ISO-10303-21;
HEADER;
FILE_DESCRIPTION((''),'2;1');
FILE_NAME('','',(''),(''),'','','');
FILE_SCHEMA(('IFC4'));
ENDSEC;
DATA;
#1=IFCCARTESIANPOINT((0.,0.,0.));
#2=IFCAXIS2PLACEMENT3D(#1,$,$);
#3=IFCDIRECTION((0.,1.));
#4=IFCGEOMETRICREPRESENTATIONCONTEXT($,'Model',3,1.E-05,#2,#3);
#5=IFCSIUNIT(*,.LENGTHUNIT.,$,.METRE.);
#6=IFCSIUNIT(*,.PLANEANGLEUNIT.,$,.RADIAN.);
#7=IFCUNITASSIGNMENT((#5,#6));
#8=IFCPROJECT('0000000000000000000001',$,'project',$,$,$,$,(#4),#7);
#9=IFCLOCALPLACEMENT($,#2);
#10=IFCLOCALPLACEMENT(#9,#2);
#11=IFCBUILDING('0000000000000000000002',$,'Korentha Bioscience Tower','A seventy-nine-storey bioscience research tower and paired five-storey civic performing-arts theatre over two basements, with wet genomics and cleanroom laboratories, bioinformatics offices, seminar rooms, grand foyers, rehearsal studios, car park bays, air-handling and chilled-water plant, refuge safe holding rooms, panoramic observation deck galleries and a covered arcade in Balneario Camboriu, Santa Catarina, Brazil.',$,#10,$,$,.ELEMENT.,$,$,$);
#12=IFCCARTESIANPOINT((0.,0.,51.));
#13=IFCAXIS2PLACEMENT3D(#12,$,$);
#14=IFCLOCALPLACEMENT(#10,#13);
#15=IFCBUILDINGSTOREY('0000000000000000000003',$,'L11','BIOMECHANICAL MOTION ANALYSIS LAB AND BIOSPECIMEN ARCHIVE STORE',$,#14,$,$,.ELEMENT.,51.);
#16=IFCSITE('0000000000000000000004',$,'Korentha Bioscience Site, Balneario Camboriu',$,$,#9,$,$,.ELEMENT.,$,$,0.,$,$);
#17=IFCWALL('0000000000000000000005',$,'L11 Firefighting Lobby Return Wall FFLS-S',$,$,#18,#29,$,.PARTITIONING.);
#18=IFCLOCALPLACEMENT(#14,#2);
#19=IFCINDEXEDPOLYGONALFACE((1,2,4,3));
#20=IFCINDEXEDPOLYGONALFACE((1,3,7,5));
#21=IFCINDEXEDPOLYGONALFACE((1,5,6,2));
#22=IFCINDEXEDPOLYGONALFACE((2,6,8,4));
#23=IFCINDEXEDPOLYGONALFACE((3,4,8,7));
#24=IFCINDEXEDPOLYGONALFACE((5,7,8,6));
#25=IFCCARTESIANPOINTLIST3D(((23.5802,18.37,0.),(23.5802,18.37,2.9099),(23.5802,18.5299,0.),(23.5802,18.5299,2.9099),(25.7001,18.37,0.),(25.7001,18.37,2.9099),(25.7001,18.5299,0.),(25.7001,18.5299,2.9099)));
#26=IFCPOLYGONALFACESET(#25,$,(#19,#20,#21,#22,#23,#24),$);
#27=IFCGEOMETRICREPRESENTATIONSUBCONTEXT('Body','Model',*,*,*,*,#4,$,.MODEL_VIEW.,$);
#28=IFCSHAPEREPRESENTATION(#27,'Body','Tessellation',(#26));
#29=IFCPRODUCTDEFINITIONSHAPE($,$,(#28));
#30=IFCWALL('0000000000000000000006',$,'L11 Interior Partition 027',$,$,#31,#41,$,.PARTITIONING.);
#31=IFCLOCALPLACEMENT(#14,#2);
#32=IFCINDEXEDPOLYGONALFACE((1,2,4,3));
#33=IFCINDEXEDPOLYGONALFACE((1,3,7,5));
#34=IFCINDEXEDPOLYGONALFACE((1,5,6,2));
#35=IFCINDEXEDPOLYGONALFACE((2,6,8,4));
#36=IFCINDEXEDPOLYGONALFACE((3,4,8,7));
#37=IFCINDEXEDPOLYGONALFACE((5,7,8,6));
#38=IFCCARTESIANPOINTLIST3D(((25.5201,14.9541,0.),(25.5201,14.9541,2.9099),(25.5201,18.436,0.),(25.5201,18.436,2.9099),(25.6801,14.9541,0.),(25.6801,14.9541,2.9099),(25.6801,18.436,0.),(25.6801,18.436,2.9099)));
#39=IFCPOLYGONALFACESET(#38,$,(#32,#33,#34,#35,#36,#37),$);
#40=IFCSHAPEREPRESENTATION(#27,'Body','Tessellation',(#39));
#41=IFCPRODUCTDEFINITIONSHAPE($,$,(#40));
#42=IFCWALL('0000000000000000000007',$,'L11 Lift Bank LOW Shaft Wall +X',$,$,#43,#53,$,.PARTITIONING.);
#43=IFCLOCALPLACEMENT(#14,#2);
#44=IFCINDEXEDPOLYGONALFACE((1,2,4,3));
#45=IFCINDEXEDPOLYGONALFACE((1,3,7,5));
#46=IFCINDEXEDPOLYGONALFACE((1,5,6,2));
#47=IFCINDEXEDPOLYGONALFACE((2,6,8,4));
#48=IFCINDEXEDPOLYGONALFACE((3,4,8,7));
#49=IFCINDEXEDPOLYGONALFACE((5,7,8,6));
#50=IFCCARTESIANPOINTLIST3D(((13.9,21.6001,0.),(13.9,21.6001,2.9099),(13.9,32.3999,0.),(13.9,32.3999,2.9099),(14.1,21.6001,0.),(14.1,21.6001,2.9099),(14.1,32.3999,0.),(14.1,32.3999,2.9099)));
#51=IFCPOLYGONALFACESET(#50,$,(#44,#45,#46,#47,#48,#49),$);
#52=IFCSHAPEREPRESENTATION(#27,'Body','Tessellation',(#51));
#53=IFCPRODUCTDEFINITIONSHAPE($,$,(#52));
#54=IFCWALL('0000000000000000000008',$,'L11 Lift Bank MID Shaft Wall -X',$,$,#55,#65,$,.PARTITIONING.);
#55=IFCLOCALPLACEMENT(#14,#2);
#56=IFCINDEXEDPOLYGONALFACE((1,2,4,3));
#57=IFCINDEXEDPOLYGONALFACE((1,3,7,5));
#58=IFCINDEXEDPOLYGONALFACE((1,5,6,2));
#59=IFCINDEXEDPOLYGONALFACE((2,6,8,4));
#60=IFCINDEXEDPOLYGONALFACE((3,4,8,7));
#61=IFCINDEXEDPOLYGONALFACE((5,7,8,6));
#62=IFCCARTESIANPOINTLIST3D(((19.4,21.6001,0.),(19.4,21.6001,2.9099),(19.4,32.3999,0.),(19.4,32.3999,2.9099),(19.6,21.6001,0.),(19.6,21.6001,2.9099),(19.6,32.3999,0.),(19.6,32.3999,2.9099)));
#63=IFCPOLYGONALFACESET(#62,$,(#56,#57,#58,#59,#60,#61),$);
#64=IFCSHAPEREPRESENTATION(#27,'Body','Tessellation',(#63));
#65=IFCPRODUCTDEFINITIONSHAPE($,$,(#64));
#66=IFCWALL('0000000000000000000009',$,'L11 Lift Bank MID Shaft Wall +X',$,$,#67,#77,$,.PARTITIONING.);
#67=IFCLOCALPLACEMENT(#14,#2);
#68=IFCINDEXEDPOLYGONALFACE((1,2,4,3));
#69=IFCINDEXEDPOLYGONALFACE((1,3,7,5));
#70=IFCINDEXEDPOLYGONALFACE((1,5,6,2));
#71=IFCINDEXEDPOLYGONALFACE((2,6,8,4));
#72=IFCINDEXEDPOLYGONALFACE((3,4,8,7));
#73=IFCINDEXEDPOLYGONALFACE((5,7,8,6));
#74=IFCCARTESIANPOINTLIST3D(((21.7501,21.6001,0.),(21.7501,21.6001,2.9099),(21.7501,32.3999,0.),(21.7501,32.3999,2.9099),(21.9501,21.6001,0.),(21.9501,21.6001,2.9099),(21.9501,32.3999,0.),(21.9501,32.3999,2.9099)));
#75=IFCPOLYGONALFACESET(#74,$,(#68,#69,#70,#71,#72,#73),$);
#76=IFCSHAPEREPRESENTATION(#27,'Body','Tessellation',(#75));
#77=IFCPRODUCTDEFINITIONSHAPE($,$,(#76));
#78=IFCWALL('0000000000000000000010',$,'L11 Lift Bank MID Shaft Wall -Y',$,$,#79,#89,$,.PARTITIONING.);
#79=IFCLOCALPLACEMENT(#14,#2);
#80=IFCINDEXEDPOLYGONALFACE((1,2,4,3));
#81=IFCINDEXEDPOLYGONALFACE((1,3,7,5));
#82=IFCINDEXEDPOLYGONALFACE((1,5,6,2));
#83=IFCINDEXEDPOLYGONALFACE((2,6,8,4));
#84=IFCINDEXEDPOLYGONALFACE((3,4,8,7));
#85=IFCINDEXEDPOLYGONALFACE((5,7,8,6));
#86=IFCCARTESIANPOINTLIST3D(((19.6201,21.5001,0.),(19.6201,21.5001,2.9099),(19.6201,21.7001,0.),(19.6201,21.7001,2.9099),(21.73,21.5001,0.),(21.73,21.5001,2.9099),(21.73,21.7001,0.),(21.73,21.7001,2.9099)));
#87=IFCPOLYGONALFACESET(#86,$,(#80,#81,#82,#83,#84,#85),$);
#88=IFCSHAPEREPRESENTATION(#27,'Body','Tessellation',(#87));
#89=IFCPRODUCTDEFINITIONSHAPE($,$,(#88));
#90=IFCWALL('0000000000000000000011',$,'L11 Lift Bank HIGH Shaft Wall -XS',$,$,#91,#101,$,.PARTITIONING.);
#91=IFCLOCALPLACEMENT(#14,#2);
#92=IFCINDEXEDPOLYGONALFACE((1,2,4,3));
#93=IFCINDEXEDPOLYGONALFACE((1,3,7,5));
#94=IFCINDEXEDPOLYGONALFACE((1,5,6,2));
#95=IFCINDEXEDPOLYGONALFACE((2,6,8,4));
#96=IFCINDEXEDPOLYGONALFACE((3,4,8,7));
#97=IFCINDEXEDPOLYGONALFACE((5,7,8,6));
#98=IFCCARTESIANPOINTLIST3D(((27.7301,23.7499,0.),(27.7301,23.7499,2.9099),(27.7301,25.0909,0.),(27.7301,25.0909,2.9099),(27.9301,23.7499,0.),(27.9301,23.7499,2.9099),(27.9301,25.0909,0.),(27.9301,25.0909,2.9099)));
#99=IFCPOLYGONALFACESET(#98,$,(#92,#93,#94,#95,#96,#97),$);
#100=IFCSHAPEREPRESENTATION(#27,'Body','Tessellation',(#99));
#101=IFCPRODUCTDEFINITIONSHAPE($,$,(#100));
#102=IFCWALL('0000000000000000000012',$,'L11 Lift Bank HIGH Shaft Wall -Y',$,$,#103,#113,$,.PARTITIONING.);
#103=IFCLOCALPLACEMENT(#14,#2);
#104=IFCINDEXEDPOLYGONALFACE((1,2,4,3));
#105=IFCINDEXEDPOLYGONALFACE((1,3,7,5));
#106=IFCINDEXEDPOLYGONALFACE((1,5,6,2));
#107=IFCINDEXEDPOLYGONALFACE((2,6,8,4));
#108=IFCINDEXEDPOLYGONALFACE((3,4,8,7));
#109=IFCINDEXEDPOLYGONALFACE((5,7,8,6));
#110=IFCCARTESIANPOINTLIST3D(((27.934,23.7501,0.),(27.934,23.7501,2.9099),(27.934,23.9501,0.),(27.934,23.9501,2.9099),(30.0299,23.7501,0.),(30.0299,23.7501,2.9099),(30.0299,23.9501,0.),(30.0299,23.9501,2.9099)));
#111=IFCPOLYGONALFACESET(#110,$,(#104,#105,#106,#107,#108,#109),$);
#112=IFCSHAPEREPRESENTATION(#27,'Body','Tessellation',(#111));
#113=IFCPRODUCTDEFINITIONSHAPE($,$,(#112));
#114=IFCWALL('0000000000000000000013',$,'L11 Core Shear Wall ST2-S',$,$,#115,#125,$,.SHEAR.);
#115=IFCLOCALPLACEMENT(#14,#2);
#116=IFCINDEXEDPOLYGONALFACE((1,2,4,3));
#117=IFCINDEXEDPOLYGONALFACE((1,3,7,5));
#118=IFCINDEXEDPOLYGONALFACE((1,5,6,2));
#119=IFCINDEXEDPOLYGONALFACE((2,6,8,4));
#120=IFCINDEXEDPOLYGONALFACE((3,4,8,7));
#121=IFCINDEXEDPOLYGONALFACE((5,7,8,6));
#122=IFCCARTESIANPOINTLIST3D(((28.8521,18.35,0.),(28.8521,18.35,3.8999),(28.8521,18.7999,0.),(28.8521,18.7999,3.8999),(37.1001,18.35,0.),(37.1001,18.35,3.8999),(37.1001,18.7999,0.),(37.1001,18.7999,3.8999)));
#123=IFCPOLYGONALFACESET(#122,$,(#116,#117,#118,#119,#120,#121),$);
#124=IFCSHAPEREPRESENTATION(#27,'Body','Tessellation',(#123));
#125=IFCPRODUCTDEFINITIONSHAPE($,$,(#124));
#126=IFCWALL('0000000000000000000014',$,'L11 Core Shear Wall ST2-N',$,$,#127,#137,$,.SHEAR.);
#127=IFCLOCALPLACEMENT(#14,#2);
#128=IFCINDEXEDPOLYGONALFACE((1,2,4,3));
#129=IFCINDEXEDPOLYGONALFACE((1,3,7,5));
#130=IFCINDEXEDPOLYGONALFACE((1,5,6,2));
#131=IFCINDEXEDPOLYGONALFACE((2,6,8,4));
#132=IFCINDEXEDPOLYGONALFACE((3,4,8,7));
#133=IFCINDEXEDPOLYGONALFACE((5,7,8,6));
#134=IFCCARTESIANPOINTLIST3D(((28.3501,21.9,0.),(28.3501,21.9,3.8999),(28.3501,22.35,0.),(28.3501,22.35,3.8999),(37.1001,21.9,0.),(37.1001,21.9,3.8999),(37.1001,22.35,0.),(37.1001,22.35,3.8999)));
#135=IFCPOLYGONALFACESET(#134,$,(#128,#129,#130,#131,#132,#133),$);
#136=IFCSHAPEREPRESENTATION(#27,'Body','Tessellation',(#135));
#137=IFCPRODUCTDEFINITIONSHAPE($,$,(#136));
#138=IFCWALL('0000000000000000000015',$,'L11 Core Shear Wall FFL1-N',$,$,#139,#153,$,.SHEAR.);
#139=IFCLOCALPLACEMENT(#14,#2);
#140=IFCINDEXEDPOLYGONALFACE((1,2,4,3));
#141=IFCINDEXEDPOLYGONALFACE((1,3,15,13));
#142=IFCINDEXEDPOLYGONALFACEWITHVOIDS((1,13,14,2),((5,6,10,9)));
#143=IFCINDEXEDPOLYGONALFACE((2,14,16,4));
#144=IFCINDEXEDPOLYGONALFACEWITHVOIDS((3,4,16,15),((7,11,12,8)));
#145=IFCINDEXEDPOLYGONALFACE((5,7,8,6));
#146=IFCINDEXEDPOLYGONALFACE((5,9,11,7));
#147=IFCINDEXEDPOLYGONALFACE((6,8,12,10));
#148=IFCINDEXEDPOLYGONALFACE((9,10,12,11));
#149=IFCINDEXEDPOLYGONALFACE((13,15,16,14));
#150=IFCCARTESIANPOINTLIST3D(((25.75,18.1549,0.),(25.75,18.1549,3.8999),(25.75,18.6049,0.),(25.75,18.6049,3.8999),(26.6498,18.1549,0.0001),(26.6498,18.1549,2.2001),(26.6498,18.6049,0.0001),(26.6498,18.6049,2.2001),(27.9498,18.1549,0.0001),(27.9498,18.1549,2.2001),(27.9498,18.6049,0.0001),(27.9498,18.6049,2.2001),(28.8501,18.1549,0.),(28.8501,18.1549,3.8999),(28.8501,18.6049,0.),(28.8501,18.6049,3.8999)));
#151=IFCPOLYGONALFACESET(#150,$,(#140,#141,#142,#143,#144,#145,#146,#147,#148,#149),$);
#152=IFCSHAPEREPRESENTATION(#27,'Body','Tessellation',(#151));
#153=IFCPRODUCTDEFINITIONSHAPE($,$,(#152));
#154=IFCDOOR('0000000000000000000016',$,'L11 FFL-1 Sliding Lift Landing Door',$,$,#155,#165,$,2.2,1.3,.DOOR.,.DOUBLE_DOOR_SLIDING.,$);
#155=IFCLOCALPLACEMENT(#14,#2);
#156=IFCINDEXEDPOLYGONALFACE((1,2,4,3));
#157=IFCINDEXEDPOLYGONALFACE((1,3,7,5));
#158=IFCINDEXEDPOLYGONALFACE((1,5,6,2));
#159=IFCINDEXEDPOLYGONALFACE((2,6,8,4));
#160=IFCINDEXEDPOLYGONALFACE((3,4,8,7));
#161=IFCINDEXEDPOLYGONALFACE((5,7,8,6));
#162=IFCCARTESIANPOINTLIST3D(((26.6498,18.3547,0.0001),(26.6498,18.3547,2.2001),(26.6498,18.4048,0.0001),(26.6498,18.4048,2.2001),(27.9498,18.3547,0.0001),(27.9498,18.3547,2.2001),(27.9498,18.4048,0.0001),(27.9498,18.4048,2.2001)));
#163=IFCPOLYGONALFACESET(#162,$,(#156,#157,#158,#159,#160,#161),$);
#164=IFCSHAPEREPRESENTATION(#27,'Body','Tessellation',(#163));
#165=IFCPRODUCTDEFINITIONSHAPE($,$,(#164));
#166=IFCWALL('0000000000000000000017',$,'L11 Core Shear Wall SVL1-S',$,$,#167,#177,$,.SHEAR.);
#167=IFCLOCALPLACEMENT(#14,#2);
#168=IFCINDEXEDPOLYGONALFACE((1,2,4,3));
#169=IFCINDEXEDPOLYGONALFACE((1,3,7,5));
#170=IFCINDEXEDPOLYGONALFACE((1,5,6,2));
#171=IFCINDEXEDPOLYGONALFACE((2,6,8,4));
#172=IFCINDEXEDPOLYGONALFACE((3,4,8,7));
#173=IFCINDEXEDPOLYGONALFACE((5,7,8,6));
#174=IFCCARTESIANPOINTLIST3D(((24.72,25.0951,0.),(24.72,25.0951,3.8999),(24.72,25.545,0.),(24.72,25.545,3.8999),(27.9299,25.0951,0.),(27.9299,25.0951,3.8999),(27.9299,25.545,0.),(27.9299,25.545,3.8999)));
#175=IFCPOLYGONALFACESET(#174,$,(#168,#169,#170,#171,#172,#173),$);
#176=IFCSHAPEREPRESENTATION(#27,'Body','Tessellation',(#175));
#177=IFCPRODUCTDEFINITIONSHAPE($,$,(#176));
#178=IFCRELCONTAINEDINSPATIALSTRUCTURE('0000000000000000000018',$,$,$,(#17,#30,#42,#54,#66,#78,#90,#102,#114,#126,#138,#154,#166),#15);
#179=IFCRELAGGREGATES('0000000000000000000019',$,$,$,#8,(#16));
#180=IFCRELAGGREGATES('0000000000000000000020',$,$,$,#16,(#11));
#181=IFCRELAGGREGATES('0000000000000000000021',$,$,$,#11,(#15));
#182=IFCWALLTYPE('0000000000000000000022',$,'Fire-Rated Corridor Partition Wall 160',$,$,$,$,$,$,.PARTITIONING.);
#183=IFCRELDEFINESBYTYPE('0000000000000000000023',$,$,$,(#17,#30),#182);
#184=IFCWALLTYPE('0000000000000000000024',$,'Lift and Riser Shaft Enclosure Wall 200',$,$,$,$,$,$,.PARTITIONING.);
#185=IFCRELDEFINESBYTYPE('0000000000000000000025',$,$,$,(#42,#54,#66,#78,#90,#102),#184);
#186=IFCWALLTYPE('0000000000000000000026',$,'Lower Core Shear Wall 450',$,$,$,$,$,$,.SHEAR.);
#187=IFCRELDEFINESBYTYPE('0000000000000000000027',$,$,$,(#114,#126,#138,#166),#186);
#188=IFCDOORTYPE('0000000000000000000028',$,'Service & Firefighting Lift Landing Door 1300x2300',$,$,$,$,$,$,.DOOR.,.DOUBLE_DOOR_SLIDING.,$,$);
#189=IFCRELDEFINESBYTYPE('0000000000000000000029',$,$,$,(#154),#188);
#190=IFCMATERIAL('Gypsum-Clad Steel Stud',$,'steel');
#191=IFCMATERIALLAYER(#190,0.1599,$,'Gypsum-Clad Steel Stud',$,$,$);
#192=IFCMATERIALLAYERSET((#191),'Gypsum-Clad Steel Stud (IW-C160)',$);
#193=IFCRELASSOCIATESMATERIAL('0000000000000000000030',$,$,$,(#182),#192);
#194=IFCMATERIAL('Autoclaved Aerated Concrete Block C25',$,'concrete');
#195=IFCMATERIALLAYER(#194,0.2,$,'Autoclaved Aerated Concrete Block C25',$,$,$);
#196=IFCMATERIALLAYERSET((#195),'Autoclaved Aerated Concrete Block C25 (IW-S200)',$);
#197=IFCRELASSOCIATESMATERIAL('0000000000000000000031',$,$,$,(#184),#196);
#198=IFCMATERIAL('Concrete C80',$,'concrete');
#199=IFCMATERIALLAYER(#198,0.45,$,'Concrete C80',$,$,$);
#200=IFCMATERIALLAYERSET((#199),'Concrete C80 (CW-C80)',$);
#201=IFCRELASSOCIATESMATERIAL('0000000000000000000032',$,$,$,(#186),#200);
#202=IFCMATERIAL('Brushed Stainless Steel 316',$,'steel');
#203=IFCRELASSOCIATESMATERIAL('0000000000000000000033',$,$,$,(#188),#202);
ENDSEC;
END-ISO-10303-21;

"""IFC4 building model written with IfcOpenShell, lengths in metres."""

from ifc_helpers import new_model, si_unit, direction, frame, frame_2d, origin, place, context, subcontext, project, spatial, rectangle, extrude, material, layer, layer_set, type_object, element, fill, save


model = new_model("IFC4")

# Units and contexts
model_context = context("Model", 3, precision=1e-05, world=origin(), true_north=direction((0.0, 1.0)))
body_context = subcontext(model_context, "Body", "Model", "MODEL_VIEW")
ifc_project = project(units=[si_unit("LENGTHUNIT", "METRE"), si_unit("PLANEANGLEUNIT", "RADIAN")], contexts=[model_context])

# Site, building, storey
site_placement = place(None, origin())
site = spatial("IfcSite", under=ifc_project, at=site_placement, Name="Korentha Bioscience Site, Balneario Camboriu", CompositionType="ELEMENT", RefElevation=0.0)
building_placement = place(site_placement, origin())
building = spatial("IfcBuilding", under=site, at=building_placement, Name="Korentha Bioscience Tower", Description="A seventy-nine-storey bioscience research tower and paired five-storey civic performing-arts theatre over two basements, with wet genomics and cleanroom laboratories, bioinformatics offices, seminar rooms, grand foyers, rehearsal studios, car park bays, air-handling and chilled-water plant, refuge safe holding rooms, panoramic observation deck galleries and a covered arcade in Balneario Camboriu, Santa Catarina, Brazil.", CompositionType="ELEMENT")
storey_placement = place(building_placement, frame((0.0, 0.0, 51.0)))
storey = spatial("IfcBuildingStorey", under=building, at=storey_placement, Name="L11", Description="BIOMECHANICAL MOTION ANALYSIS LAB AND BIOSPECIMEN ARCHIVE STORE", CompositionType="ELEMENT", Elevation=51.0)

# Shared definitions
ifc_material_1 = material(Name="Concrete C80", Category="concrete")

# Shared definitions
ifc_material_2 = material(Name="Gypsum-Clad Steel Stud", Category="steel")
ifc_layer_1 = layer(ifc_material_2, 0.1599, Name="Gypsum-Clad Steel Stud")
ifc_layer_set_1 = layer_set([ifc_layer_1], Name="Gypsum-Clad Steel Stud (IW-C160)")
wall_type_1 = type_object("IfcWallType", Name="Fire-Rated Corridor Partition Wall 160", PredefinedType="PARTITIONING", material=ifc_layer_set_1)

# Wall
wall_1_placement = place(storey_placement, frame((23.5801, 18.45, 0.0), z_axis=(0.0, 0.0, 1.0), x_axis=(1.0, 0.0, 0.0)))
element("IfcWall", 1, at=wall_1_placement, inside=storey, type_object=wall_type_1, Name="L11 Firefighting Lobby Return Wall FFLS-S", PredefinedType="PARTITIONING", context=body_context, shape_type="SweptSolid", body=[
    extrude(rectangle(XDim=2.1199, YDim=0.1599, at=frame_2d((1.0601, 0.0))), origin(), (0.0, 0.0, 1.0), 2.9099),
])

# Walls
wall_2_placement = place(storey_placement, frame((25.6001, 18.436, 0.0), z_axis=(0.0, 0.0, 1.0), x_axis=(0.0, -1.0, 0.0)))
element("IfcWall", 2, at=wall_2_placement, inside=storey, type_object=wall_type_1, Name="L11 Interior Partition 027", PredefinedType="PARTITIONING", context=body_context, shape_type="SweptSolid", body=[
    extrude(rectangle(XDim=3.4819, YDim=0.1599, at=frame_2d((1.741, 0.0))), origin(), (0.0, 0.0, 1.0), 2.9099),
])
ifc_material_3 = material(Name="Autoclaved Aerated Concrete Block C25", Category="concrete")
ifc_layer_2 = layer(ifc_material_3, 0.2, Name="Autoclaved Aerated Concrete Block C25")
ifc_layer_set_2 = layer_set([ifc_layer_2], Name="Autoclaved Aerated Concrete Block C25 (IW-S200)")
wall_type_2 = type_object("IfcWallType", Name="Lift and Riser Shaft Enclosure Wall 200", PredefinedType="PARTITIONING", material=ifc_layer_set_2)
for number, where, z_axis, x_axis, name in (
    (3, (14.0, 21.6001, 0.0), (0.0, 0.0, 1.0), (0.0, 1.0, 0.0), "L11 Lift Bank LOW Shaft Wall +X"),
    (4, (19.5, 21.6001, 0.0), (0.0, 0.0, 1.0), (0.0, 1.0, 0.0), "L11 Lift Bank MID Shaft Wall -X"),
    (5, (21.8501, 21.6001, 0.0), (0.0, 0.0, 1.0), (0.0, 1.0, 0.0), "L11 Lift Bank MID Shaft Wall +X"),
):
    element("IfcWall", number, at=place(storey_placement, frame(where, z_axis=z_axis, x_axis=x_axis)), inside=storey, type_object=wall_type_2, Name=name, PredefinedType="PARTITIONING", context=body_context, shape_type="SweptSolid", body=[
        extrude(rectangle(XDim=10.7998, YDim=0.2, at=frame_2d((5.3999, 0.0))), origin(), (0.0, 0.0, 1.0), 2.9099),
    ])
wall_3_placement = place(storey_placement, frame((19.6201, 21.6001, 0.0), z_axis=(0.0, 0.0, 1.0), x_axis=(1.0, 0.0, 0.0)))
element("IfcWall", 6, at=wall_3_placement, inside=storey, type_object=wall_type_2, Name="L11 Lift Bank MID Shaft Wall -Y", PredefinedType="PARTITIONING", context=body_context, shape_type="SweptSolid", body=[
    extrude(rectangle(XDim=2.1099, YDim=0.2, at=frame_2d((1.0549, 0.0))), origin(), (0.0, 0.0, 1.0), 2.9099),
])
wall_4_placement = place(storey_placement, frame((27.8301, 23.75, 0.0), z_axis=(0.0, 0.0, 1.0), x_axis=(0.0, 1.0, 0.0)))
element("IfcWall", 7, at=wall_4_placement, inside=storey, type_object=wall_type_2, Name="L11 Lift Bank HIGH Shaft Wall -XS", PredefinedType="PARTITIONING", context=body_context, shape_type="SweptSolid", body=[
    extrude(rectangle(XDim=1.3411, YDim=0.2, at=frame_2d((0.6704, 0.0))), origin(), (0.0, 0.0, 1.0), 2.9099),
])
wall_5_placement = place(storey_placement, frame((27.9341, 23.8501, 0.0), z_axis=(0.0, 0.0, 1.0), x_axis=(1.0, 0.0, 0.0)))
element("IfcWall", 8, at=wall_5_placement, inside=storey, type_object=wall_type_2, Name="L11 Lift Bank HIGH Shaft Wall -Y", PredefinedType="PARTITIONING", context=body_context, shape_type="SweptSolid", body=[
    extrude(rectangle(XDim=2.0959, YDim=0.2, at=frame_2d((1.0479, 0.0))), origin(), (0.0, 0.0, 1.0), 2.9099),
])
ifc_layer_3 = layer(ifc_material_1, 0.45, Name="Concrete C80")
ifc_layer_set_3 = layer_set([ifc_layer_3], Name="Concrete C80 (CW-C80)")
wall_type_3 = type_object("IfcWallType", Name="Lower Core Shear Wall 450", PredefinedType="SHEAR", material=ifc_layer_set_3)
wall_6_placement = place(storey_placement, frame((28.8521, 18.575, 0.0), z_axis=(0.0, 0.0, 1.0), x_axis=(1.0, 0.0, 0.0)))
element("IfcWall", 9, at=wall_6_placement, inside=storey, type_object=wall_type_3, Name="L11 Core Shear Wall ST2-S", PredefinedType="SHEAR", context=body_context, shape_type="SweptSolid", body=[
    extrude(rectangle(XDim=8.248, YDim=0.45, at=frame_2d((4.124, 0.0))), origin(), (0.0, 0.0, 1.0), 3.8999),
])
wall_7_placement = place(storey_placement, frame((28.3501, 22.125, 0.0), z_axis=(0.0, 0.0, 1.0), x_axis=(1.0, 0.0, 0.0)))
element("IfcWall", 10, at=wall_7_placement, inside=storey, type_object=wall_type_3, Name="L11 Core Shear Wall ST2-N", PredefinedType="SHEAR", context=body_context, shape_type="SweptSolid", body=[
    extrude(rectangle(XDim=8.75, YDim=0.45, at=frame_2d((4.375, 0.0))), origin(), (0.0, 0.0, 1.0), 3.8999),
])

# Wall, opening, door
wall_8_placement = place(storey_placement, frame((25.75, 18.3799, 0.0), z_axis=(0.0, 0.0, 1.0), x_axis=(1.0, 0.0, 0.0)))
wall_8 = element("IfcWall", 11, at=wall_8_placement, inside=storey, type_object=wall_type_3, Name="L11 Core Shear Wall FFL1-N", PredefinedType="SHEAR", context=body_context, shape_type="SweptSolid", body=[
    extrude(rectangle(XDim=3.1001, YDim=0.45, at=frame_2d((1.55, 0.0))), origin(), (0.0, 0.0, 1.0), 3.8999),
])
opening_1_placement = place(wall_8_placement, frame((0.8999, 0.0, 0.0)))
opening_1 = element("IfcOpeningElement", 12, at=opening_1_placement, cuts=wall_8, PredefinedType="OPENING", context=body_context, shape_type="SweptSolid", body=[
    extrude(rectangle(XDim=1.3, YDim=2.2, at=frame_2d((0.6499, 1.1001))), frame((0.0, 0.2397, 0.0), z_axis=(0.0, -1.0, 0.0), x_axis=(1.0, 0.0, 0.0)), (0.0, 0.0, 1.0), 0.4797),
])
ifc_material_4 = material(Name="Brushed Stainless Steel 316", Category="steel")
door_type_1 = type_object("IfcDoorType", Name="Service & Firefighting Lift Landing Door 1300x2300", OperationType="DOUBLE_DOOR_SLIDING", PredefinedType="DOOR", material=ifc_material_4)
door_1_placement = place(opening_1_placement, origin())
door_1 = element("IfcDoor", 13, at=door_1_placement, inside=storey, type_object=door_type_1, Name="L11 FFL-1 Sliding Lift Landing Door", OperationType="DOUBLE_DOOR_SLIDING", OverallHeight=2.2, OverallWidth=1.3, PredefinedType="DOOR", context=body_context, shape_type="SweptSolid", body=[
    extrude(rectangle(XDim=1.3, YDim=2.2, at=frame_2d((0.6499, 1.1001))), frame((0.0, 0.0249, 0.0), z_axis=(0.0, -1.0, 0.0), x_axis=(1.0, 0.0, 0.0)), (0.0, 0.0, 1.0), 0.05),
])
fill(opening_1, door_1)

# Wall
wall_9_placement = place(storey_placement, frame((24.72, 25.3201, 0.0), z_axis=(0.0, 0.0, 1.0), x_axis=(1.0, 0.0, 0.0)))
element("IfcWall", 14, at=wall_9_placement, inside=storey, type_object=wall_type_3, Name="L11 Core Shear Wall SVL1-S", PredefinedType="SHEAR", context=body_context, shape_type="SweptSolid", body=[
    extrude(rectangle(XDim=3.21, YDim=0.45, at=frame_2d((1.605, 0.0))), origin(), (0.0, 0.0, 1.0), 3.8999),
])

save(model, "model.ifc")
